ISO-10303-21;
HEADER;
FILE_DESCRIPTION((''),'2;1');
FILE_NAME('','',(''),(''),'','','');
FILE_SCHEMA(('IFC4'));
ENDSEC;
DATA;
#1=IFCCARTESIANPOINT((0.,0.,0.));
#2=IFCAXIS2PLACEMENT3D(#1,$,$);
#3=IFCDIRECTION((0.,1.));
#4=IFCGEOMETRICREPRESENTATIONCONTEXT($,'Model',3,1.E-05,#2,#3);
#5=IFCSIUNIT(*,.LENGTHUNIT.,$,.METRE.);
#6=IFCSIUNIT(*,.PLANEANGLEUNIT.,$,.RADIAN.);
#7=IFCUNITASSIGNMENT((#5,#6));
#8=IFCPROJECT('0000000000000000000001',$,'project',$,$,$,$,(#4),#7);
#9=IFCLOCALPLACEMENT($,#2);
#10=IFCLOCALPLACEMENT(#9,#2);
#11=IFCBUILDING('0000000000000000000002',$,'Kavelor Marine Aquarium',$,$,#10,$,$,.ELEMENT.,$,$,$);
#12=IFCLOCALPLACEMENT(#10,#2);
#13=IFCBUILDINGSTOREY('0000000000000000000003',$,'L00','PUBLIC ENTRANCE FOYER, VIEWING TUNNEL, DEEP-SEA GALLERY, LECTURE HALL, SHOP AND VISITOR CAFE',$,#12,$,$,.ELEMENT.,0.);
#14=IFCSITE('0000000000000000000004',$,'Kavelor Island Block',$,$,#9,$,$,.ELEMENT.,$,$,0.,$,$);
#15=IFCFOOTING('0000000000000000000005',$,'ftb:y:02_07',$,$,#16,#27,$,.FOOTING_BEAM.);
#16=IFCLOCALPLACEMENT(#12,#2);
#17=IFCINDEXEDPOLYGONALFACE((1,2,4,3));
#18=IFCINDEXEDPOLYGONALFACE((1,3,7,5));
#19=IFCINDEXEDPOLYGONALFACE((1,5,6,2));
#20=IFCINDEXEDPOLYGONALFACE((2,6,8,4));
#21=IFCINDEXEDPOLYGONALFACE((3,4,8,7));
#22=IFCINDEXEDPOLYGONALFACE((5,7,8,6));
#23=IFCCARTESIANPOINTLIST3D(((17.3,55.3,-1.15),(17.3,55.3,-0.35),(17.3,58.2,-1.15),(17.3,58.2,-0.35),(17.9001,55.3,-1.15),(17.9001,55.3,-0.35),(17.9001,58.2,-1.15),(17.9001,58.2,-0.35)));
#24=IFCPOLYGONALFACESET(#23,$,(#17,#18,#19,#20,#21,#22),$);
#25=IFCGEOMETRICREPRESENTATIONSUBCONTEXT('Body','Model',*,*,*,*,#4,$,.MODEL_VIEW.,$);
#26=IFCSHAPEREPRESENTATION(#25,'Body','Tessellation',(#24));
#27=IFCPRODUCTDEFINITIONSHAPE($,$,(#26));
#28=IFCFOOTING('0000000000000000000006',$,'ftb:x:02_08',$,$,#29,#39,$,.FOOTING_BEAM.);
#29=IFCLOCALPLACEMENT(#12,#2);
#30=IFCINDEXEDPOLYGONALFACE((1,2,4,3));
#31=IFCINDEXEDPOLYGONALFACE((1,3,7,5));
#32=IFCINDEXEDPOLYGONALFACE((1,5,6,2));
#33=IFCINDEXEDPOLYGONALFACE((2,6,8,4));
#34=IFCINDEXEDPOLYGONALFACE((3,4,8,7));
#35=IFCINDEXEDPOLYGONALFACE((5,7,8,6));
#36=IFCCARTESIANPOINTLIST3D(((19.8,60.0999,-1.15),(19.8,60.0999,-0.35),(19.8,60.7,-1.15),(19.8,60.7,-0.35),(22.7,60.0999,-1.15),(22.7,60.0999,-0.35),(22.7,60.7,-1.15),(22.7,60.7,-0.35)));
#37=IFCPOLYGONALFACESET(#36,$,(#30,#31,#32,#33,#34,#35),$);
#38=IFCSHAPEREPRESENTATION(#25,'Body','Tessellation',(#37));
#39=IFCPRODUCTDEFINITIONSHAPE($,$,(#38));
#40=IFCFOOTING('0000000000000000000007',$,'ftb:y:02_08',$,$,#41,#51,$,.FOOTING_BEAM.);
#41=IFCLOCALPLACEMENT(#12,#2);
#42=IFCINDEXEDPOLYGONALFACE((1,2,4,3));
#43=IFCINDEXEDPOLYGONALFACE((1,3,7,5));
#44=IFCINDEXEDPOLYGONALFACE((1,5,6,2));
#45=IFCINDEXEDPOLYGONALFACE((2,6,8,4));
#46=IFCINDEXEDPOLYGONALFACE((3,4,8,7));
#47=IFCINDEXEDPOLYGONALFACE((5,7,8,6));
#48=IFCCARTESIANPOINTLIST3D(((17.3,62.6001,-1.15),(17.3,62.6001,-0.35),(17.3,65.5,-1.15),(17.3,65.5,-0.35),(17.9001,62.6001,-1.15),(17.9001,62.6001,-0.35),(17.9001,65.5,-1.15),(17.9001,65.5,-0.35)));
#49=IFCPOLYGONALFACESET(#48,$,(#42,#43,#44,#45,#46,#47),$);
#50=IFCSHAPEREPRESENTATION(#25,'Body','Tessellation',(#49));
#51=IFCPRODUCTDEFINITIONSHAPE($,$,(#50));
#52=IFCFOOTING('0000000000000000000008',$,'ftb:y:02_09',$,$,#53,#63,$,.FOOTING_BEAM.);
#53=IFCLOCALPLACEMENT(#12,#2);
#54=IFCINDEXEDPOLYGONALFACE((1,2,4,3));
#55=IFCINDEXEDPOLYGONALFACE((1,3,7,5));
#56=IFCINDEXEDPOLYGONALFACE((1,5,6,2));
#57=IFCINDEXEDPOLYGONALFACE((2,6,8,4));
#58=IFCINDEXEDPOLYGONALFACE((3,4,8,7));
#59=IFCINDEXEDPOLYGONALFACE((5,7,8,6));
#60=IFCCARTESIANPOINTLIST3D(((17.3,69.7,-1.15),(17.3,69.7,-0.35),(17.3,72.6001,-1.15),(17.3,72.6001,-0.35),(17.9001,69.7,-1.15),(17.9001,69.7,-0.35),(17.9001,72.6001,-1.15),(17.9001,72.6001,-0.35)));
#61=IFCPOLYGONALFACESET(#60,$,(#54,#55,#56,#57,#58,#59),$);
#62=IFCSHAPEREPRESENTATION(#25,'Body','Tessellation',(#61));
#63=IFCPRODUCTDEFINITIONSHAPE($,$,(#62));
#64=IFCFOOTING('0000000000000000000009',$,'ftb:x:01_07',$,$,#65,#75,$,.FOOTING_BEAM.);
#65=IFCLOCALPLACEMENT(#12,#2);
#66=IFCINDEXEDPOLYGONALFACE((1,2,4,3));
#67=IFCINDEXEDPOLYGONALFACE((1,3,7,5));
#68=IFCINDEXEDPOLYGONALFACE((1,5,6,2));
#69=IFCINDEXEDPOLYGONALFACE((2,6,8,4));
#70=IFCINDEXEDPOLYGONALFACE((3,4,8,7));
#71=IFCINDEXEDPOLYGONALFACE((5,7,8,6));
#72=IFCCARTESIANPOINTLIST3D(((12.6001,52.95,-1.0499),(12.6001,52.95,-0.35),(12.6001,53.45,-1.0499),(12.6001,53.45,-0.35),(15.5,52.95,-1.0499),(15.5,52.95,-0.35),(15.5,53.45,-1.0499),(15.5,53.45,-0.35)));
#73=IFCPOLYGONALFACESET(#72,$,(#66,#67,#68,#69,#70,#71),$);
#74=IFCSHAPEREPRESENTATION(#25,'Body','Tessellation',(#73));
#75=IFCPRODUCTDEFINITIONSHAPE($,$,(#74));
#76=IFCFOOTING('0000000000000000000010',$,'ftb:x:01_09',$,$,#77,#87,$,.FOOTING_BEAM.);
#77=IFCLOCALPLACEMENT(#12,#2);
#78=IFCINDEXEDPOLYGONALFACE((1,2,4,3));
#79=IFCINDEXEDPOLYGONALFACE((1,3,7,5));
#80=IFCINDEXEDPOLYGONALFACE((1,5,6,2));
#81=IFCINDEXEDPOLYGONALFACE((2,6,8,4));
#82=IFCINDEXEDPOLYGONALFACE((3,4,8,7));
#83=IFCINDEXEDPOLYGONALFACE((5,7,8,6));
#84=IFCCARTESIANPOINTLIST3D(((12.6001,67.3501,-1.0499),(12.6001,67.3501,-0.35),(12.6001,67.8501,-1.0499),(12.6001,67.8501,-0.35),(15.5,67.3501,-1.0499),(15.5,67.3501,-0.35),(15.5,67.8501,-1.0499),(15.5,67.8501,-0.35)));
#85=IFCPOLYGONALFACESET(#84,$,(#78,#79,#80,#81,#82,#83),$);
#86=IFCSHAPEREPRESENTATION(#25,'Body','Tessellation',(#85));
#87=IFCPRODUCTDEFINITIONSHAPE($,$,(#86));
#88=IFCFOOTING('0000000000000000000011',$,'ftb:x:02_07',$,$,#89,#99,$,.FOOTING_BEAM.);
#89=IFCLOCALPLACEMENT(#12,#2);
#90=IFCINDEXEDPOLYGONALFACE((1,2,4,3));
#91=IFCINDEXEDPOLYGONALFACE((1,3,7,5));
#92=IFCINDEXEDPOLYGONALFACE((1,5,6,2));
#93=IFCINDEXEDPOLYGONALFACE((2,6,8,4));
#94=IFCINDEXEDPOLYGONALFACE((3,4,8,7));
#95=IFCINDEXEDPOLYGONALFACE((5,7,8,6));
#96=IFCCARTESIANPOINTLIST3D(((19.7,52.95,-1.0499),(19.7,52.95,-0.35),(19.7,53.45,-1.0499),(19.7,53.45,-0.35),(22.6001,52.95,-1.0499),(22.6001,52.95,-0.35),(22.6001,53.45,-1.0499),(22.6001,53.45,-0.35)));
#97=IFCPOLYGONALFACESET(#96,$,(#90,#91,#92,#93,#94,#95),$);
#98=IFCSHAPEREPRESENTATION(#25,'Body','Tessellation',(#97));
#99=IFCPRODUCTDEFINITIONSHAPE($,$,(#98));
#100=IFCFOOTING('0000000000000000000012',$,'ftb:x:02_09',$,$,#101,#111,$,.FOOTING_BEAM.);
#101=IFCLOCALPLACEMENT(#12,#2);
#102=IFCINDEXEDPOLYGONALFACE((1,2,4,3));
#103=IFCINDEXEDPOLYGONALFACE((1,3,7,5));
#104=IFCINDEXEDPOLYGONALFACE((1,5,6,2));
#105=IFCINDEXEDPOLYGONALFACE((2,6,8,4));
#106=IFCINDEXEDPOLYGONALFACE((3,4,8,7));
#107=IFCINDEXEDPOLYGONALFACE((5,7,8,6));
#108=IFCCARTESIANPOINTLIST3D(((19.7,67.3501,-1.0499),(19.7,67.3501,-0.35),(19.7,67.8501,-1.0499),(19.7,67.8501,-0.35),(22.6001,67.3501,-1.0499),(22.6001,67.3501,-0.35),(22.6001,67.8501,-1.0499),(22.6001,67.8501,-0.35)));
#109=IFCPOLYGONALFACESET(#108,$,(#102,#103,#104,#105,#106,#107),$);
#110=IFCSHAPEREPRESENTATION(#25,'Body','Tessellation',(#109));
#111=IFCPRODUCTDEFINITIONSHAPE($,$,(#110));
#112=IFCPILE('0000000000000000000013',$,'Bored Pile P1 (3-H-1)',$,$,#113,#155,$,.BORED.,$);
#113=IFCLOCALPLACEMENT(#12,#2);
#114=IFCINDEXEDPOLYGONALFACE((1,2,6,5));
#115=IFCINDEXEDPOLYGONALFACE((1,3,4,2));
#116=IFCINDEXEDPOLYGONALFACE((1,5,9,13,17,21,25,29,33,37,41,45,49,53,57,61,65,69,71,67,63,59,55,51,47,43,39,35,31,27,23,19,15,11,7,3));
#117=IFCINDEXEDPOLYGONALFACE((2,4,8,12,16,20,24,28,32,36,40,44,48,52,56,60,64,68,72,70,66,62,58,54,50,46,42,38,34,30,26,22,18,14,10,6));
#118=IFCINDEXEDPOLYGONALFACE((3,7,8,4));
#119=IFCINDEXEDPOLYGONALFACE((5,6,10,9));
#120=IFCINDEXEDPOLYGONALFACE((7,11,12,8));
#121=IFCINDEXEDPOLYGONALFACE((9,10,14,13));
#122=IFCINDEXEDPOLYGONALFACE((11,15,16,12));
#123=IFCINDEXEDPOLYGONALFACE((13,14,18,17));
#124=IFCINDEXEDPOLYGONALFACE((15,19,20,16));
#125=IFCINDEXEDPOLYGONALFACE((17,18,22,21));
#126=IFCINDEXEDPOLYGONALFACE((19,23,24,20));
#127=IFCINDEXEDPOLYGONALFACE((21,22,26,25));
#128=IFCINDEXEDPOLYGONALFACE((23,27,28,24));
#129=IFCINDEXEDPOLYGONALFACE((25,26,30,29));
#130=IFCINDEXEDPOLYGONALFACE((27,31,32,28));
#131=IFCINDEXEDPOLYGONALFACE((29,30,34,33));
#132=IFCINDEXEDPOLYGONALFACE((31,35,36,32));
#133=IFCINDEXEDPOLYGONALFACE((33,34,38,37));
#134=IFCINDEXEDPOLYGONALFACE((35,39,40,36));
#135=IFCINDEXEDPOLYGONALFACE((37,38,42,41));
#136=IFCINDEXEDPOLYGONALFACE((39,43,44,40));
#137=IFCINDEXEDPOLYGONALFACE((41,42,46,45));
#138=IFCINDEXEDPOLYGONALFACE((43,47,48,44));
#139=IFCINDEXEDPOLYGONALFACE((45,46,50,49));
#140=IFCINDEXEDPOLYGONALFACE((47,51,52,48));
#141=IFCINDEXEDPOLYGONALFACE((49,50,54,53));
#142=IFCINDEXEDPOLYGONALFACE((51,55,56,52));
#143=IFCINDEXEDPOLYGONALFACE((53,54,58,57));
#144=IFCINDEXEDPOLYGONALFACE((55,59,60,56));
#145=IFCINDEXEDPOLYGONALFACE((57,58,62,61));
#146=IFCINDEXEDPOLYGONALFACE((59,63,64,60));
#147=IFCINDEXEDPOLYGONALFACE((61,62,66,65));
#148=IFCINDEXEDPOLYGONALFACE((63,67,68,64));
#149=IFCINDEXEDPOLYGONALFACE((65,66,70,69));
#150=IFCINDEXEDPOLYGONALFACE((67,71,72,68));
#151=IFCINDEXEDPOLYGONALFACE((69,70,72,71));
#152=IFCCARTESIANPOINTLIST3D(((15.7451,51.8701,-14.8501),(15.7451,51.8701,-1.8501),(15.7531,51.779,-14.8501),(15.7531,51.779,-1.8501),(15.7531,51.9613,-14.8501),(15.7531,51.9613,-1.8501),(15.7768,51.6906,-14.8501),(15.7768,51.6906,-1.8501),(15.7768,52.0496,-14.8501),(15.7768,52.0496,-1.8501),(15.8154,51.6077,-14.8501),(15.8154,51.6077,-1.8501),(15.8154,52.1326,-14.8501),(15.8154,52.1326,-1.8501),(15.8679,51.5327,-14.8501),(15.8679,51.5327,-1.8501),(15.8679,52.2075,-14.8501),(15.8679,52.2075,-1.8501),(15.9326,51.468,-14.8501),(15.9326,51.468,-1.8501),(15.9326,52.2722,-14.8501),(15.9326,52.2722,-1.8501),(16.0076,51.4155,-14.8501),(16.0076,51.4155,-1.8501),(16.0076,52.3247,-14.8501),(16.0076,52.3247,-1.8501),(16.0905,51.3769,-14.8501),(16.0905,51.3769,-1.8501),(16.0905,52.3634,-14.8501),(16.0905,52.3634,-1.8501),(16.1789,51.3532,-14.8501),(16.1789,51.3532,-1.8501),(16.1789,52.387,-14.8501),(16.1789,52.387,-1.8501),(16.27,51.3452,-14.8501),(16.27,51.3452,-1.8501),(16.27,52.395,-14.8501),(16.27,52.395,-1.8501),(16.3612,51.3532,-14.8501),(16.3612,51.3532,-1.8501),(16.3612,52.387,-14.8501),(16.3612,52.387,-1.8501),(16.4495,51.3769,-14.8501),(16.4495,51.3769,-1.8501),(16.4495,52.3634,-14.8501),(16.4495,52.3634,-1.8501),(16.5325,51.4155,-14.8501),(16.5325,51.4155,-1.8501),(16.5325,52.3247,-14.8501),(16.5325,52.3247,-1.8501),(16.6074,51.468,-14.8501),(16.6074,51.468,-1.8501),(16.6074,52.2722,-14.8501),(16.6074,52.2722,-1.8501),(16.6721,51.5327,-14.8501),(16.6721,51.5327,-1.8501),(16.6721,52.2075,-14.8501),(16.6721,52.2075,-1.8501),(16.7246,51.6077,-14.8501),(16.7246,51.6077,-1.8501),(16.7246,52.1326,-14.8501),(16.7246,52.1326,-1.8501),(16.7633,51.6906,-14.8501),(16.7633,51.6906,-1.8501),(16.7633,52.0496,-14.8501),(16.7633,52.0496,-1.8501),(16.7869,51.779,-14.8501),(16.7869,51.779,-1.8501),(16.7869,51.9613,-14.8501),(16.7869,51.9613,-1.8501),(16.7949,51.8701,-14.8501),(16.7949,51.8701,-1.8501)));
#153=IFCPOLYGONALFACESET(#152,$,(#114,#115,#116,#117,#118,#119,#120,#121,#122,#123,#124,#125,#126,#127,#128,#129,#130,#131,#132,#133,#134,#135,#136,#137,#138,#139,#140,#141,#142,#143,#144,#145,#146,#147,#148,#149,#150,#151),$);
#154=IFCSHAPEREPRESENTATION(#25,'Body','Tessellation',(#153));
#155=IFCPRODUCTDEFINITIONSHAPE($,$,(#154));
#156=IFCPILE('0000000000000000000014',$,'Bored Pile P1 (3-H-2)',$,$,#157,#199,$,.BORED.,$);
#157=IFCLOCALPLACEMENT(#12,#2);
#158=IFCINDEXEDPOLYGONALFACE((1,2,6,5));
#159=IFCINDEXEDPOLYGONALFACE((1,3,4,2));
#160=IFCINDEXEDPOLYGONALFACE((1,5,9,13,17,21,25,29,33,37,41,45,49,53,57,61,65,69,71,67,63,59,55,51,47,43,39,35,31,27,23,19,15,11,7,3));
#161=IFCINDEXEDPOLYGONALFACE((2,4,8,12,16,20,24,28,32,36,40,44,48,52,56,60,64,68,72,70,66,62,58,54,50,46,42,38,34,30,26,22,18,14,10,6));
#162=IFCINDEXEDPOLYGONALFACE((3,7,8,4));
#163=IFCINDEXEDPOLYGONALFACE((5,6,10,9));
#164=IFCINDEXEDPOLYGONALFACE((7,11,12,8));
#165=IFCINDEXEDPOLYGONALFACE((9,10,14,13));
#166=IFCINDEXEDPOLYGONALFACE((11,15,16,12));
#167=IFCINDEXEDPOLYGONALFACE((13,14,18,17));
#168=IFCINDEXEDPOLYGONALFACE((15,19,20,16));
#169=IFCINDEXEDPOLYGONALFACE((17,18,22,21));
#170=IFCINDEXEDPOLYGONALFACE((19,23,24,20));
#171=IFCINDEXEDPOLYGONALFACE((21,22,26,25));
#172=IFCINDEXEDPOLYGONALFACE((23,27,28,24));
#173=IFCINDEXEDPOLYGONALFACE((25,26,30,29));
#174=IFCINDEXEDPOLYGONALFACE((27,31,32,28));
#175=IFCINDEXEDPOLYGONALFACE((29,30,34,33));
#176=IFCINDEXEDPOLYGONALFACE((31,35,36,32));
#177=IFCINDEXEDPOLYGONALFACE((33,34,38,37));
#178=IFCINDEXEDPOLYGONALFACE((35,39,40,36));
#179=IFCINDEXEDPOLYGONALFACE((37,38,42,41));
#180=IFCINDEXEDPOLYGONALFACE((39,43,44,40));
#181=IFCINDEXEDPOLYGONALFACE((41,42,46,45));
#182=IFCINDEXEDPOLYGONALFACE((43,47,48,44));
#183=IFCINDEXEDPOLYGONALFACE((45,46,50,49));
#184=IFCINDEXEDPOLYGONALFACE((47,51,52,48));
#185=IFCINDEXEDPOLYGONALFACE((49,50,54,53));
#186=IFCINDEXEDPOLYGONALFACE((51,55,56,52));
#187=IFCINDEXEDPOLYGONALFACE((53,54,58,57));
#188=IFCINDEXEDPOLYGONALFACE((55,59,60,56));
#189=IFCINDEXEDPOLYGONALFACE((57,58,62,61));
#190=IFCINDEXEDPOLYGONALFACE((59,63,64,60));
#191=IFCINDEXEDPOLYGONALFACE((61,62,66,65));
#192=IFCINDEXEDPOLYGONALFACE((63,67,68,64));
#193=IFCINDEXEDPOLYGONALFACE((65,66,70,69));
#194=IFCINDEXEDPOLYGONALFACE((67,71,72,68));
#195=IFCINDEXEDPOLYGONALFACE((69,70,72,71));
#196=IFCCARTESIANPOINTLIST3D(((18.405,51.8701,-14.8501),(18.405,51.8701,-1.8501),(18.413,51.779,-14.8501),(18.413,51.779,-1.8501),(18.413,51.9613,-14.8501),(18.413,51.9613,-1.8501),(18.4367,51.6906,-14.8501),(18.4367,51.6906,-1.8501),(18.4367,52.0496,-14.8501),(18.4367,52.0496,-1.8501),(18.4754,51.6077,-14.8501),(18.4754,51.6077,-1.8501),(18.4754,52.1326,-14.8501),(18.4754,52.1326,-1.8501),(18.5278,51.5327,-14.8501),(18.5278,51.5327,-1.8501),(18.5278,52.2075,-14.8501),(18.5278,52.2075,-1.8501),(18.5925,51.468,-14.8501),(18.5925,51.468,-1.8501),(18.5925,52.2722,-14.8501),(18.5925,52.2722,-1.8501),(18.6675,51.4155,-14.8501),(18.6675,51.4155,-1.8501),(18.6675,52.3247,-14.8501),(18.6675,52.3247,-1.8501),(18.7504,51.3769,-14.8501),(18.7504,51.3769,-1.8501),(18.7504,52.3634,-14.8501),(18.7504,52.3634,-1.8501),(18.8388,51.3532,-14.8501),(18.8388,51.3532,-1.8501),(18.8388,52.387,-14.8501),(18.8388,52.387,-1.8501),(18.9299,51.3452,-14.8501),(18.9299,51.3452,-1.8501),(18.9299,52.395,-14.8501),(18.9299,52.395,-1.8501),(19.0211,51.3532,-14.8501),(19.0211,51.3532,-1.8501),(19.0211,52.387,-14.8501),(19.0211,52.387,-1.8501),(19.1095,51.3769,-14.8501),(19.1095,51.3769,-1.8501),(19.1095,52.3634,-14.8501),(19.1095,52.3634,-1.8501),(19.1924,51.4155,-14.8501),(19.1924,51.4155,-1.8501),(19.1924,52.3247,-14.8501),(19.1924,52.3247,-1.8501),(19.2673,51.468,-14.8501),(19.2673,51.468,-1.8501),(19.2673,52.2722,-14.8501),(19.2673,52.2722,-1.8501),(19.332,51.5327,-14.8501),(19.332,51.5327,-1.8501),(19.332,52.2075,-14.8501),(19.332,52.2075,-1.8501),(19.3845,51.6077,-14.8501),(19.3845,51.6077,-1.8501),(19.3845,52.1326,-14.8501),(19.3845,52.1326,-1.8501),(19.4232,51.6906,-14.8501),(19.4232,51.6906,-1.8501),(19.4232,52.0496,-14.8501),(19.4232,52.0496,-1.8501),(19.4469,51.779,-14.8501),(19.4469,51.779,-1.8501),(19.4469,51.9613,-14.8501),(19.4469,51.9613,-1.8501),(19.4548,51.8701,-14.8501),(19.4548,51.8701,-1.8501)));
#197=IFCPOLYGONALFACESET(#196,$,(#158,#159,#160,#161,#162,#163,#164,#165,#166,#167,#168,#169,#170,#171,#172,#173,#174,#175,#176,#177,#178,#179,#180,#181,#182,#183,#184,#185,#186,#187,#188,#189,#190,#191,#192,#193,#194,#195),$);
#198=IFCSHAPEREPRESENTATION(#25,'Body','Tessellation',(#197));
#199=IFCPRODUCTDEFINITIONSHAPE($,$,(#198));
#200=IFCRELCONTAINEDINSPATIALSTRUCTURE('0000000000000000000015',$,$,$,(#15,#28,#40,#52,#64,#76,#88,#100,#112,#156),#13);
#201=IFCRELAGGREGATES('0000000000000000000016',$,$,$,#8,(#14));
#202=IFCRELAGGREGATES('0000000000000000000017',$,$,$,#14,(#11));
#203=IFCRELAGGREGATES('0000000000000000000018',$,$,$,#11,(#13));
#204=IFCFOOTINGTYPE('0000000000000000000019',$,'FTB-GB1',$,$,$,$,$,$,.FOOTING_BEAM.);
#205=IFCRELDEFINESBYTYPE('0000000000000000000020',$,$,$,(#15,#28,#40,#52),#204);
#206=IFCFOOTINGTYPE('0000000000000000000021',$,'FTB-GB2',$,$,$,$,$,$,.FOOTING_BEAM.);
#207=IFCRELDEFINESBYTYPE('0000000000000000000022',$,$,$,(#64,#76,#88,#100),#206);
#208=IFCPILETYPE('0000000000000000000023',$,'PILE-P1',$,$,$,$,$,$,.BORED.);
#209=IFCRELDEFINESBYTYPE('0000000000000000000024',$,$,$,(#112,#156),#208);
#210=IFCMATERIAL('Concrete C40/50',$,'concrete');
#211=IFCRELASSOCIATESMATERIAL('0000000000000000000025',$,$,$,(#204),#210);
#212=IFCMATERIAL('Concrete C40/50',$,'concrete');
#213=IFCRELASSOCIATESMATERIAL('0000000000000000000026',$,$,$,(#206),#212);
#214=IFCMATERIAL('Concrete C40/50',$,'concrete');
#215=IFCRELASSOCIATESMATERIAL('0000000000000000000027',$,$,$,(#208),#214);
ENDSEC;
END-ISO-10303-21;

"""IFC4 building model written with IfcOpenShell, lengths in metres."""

from ifc_helpers import new_model, si_unit, direction, frame, origin, origin_2d, place, context, subcontext, project, spatial, rectangle, circle, extrude, material, material_profile, profile_set, type_object, element, save


model = new_model("IFC4")

# Units and contexts
model_context = context("Model", 3, precision=1e-05, world=origin(), true_north=direction((0.0, 1.0)))
body_context = subcontext(model_context, "Body", "Model", "MODEL_VIEW")
ifc_project = project(units=[si_unit("LENGTHUNIT", "METRE"), si_unit("PLANEANGLEUNIT", "RADIAN")], contexts=[model_context])

# Site, building, storey
site_placement = place(None, origin())
site = spatial("IfcSite", under=ifc_project, at=site_placement, Name="Kavelor Island Block", CompositionType="ELEMENT", RefElevation=0.0)
building_placement = place(site_placement, origin())
building = spatial("IfcBuilding", under=site, at=building_placement, Name="Kavelor Marine Aquarium", CompositionType="ELEMENT")
storey_placement = place(building_placement, origin())
storey = spatial("IfcBuildingStorey", under=building, at=storey_placement, Name="L00", Description="PUBLIC ENTRANCE FOYER, VIEWING TUNNEL, DEEP-SEA GALLERY, LECTURE HALL, SHOP AND VISITOR CAFE", CompositionType="ELEMENT", Elevation=0.0)

# Footings
ifc_material_1 = material(Name="Concrete C40/50", Category="concrete")
ifc_material_profile_1 = material_profile(ifc_material_1, rectangle(XDim=0.6001, YDim=0.8, at=origin_2d()), Name="GB 600x800")
ifc_profile_set_1 = profile_set([ifc_material_profile_1], Name="Concrete C40/50")
footing_type_1 = type_object("IfcFootingType", Name="FTB-GB1", PredefinedType="FOOTING_BEAM", material=ifc_profile_set_1)
for number, where, z_axis, x_axis, name in (
    (1, (17.6001, 55.3, -0.75), (0.0, 1.0, 0.0), (-1.0, 0.0, 0.0), "ftb:y:02_07"),
    (2, (19.8, 60.3999, -0.75), (1.0, 0.0, 0.0), (0.0, 1.0, 0.0), "ftb:x:02_08"),
    (3, (17.6001, 62.6001, -0.75), (0.0, 1.0, 0.0), (-1.0, 0.0, 0.0), "ftb:y:02_08"),
):
    element("IfcFooting", number, at=place(storey_placement, frame(where, z_axis=z_axis, x_axis=x_axis)), inside=storey, type_object=footing_type_1, Name=name, PredefinedType="FOOTING_BEAM", context=body_context, shape_type="SweptSolid", body=[
        extrude(rectangle(XDim=0.6001, YDim=0.8, at=origin_2d()), origin(), (0.0, 0.0, 1.0), 2.8999),
    ])
footing_placement = place(storey_placement, frame((17.6001, 69.7, -0.75), z_axis=(0.0, 1.0, 0.0), x_axis=(-1.0, 0.0, 0.0)))
element("IfcFooting", 4, at=footing_placement, inside=storey, type_object=footing_type_1, Name="ftb:y:02_09", PredefinedType="FOOTING_BEAM", context=body_context, shape_type="SweptSolid", body=[
    extrude(rectangle(XDim=0.6001, YDim=0.8, at=origin_2d()), origin(), (0.0, 0.0, 1.0), 2.9001),
])
ifc_material_2 = material(Name="Concrete C40/50", Category="concrete")
ifc_material_profile_2 = material_profile(ifc_material_2, rectangle(XDim=0.5, YDim=0.7, at=origin_2d()), Name="GB 500x700")
ifc_profile_set_2 = profile_set([ifc_material_profile_2], Name="Concrete C40/50")
footing_type_2 = type_object("IfcFootingType", Name="FTB-GB2", PredefinedType="FOOTING_BEAM", material=ifc_profile_set_2)
for number, where, z_axis, x_axis, name in (
    (5, (12.6001, 53.2, -0.7), (1.0, 0.0, 0.0), (0.0, 1.0, 0.0), "ftb:x:01_07"),
    (6, (12.6001, 67.6001, -0.7), (1.0, 0.0, 0.0), (0.0, 1.0, 0.0), "ftb:x:01_09"),
):
    element("IfcFooting", number, at=place(storey_placement, frame(where, z_axis=z_axis, x_axis=x_axis)), inside=storey, type_object=footing_type_2, Name=name, PredefinedType="FOOTING_BEAM", context=body_context, shape_type="SweptSolid", body=[
        extrude(rectangle(XDim=0.5, YDim=0.7, at=origin_2d()), origin(), (0.0, 0.0, 1.0), 2.8999),
    ])
for number, where, z_axis, x_axis, name in (
    (7, (19.7, 53.2, -0.7), (1.0, 0.0, 0.0), (0.0, 1.0, 0.0), "ftb:x:02_07"),
    (8, (19.7, 67.6001, -0.7), (1.0, 0.0, 0.0), (0.0, 1.0, 0.0), "ftb:x:02_09"),
):
    element("IfcFooting", number, at=place(storey_placement, frame(where, z_axis=z_axis, x_axis=x_axis)), inside=storey, type_object=footing_type_2, Name=name, PredefinedType="FOOTING_BEAM", context=body_context, shape_type="SweptSolid", body=[
        extrude(rectangle(XDim=0.5, YDim=0.7, at=origin_2d()), origin(), (0.0, 0.0, 1.0), 2.9001),
    ])

# Piles
ifc_material_3 = material(Name="Concrete C40/50", Category="concrete")
ifc_material_profile_3 = material_profile(ifc_material_3, circle(Radius=0.5249, at=origin_2d()), Name="PILE D1050")
ifc_profile_set_3 = profile_set([ifc_material_profile_3], Name="Concrete C40/50")
pile_type = type_object("IfcPileType", Name="PILE-P1", PredefinedType="BORED", material=ifc_profile_set_3)
for number, where, z_axis, x_axis, name in (
    (9, (16.27, 51.8701, -1.8501), (0.0, 0.0, -1.0), (1.0, 0.0, 0.0), "Bored Pile P1 (3-H-1)"),
    (10, (18.9299, 51.8701, -1.8501), (0.0, 0.0, -1.0), (1.0, 0.0, 0.0), "Bored Pile P1 (3-H-2)"),
):
    element("IfcPile", number, at=place(storey_placement, frame(where, z_axis=z_axis, x_axis=x_axis)), inside=storey, type_object=pile_type, Name=name, PredefinedType="BORED", context=body_context, shape_type="SweptSolid", body=[
        extrude(circle(Radius=0.5249, at=origin_2d()), origin(), (0.0, 0.0, 1.0), 13.0),
    ])

save(model, "model.ifc")
